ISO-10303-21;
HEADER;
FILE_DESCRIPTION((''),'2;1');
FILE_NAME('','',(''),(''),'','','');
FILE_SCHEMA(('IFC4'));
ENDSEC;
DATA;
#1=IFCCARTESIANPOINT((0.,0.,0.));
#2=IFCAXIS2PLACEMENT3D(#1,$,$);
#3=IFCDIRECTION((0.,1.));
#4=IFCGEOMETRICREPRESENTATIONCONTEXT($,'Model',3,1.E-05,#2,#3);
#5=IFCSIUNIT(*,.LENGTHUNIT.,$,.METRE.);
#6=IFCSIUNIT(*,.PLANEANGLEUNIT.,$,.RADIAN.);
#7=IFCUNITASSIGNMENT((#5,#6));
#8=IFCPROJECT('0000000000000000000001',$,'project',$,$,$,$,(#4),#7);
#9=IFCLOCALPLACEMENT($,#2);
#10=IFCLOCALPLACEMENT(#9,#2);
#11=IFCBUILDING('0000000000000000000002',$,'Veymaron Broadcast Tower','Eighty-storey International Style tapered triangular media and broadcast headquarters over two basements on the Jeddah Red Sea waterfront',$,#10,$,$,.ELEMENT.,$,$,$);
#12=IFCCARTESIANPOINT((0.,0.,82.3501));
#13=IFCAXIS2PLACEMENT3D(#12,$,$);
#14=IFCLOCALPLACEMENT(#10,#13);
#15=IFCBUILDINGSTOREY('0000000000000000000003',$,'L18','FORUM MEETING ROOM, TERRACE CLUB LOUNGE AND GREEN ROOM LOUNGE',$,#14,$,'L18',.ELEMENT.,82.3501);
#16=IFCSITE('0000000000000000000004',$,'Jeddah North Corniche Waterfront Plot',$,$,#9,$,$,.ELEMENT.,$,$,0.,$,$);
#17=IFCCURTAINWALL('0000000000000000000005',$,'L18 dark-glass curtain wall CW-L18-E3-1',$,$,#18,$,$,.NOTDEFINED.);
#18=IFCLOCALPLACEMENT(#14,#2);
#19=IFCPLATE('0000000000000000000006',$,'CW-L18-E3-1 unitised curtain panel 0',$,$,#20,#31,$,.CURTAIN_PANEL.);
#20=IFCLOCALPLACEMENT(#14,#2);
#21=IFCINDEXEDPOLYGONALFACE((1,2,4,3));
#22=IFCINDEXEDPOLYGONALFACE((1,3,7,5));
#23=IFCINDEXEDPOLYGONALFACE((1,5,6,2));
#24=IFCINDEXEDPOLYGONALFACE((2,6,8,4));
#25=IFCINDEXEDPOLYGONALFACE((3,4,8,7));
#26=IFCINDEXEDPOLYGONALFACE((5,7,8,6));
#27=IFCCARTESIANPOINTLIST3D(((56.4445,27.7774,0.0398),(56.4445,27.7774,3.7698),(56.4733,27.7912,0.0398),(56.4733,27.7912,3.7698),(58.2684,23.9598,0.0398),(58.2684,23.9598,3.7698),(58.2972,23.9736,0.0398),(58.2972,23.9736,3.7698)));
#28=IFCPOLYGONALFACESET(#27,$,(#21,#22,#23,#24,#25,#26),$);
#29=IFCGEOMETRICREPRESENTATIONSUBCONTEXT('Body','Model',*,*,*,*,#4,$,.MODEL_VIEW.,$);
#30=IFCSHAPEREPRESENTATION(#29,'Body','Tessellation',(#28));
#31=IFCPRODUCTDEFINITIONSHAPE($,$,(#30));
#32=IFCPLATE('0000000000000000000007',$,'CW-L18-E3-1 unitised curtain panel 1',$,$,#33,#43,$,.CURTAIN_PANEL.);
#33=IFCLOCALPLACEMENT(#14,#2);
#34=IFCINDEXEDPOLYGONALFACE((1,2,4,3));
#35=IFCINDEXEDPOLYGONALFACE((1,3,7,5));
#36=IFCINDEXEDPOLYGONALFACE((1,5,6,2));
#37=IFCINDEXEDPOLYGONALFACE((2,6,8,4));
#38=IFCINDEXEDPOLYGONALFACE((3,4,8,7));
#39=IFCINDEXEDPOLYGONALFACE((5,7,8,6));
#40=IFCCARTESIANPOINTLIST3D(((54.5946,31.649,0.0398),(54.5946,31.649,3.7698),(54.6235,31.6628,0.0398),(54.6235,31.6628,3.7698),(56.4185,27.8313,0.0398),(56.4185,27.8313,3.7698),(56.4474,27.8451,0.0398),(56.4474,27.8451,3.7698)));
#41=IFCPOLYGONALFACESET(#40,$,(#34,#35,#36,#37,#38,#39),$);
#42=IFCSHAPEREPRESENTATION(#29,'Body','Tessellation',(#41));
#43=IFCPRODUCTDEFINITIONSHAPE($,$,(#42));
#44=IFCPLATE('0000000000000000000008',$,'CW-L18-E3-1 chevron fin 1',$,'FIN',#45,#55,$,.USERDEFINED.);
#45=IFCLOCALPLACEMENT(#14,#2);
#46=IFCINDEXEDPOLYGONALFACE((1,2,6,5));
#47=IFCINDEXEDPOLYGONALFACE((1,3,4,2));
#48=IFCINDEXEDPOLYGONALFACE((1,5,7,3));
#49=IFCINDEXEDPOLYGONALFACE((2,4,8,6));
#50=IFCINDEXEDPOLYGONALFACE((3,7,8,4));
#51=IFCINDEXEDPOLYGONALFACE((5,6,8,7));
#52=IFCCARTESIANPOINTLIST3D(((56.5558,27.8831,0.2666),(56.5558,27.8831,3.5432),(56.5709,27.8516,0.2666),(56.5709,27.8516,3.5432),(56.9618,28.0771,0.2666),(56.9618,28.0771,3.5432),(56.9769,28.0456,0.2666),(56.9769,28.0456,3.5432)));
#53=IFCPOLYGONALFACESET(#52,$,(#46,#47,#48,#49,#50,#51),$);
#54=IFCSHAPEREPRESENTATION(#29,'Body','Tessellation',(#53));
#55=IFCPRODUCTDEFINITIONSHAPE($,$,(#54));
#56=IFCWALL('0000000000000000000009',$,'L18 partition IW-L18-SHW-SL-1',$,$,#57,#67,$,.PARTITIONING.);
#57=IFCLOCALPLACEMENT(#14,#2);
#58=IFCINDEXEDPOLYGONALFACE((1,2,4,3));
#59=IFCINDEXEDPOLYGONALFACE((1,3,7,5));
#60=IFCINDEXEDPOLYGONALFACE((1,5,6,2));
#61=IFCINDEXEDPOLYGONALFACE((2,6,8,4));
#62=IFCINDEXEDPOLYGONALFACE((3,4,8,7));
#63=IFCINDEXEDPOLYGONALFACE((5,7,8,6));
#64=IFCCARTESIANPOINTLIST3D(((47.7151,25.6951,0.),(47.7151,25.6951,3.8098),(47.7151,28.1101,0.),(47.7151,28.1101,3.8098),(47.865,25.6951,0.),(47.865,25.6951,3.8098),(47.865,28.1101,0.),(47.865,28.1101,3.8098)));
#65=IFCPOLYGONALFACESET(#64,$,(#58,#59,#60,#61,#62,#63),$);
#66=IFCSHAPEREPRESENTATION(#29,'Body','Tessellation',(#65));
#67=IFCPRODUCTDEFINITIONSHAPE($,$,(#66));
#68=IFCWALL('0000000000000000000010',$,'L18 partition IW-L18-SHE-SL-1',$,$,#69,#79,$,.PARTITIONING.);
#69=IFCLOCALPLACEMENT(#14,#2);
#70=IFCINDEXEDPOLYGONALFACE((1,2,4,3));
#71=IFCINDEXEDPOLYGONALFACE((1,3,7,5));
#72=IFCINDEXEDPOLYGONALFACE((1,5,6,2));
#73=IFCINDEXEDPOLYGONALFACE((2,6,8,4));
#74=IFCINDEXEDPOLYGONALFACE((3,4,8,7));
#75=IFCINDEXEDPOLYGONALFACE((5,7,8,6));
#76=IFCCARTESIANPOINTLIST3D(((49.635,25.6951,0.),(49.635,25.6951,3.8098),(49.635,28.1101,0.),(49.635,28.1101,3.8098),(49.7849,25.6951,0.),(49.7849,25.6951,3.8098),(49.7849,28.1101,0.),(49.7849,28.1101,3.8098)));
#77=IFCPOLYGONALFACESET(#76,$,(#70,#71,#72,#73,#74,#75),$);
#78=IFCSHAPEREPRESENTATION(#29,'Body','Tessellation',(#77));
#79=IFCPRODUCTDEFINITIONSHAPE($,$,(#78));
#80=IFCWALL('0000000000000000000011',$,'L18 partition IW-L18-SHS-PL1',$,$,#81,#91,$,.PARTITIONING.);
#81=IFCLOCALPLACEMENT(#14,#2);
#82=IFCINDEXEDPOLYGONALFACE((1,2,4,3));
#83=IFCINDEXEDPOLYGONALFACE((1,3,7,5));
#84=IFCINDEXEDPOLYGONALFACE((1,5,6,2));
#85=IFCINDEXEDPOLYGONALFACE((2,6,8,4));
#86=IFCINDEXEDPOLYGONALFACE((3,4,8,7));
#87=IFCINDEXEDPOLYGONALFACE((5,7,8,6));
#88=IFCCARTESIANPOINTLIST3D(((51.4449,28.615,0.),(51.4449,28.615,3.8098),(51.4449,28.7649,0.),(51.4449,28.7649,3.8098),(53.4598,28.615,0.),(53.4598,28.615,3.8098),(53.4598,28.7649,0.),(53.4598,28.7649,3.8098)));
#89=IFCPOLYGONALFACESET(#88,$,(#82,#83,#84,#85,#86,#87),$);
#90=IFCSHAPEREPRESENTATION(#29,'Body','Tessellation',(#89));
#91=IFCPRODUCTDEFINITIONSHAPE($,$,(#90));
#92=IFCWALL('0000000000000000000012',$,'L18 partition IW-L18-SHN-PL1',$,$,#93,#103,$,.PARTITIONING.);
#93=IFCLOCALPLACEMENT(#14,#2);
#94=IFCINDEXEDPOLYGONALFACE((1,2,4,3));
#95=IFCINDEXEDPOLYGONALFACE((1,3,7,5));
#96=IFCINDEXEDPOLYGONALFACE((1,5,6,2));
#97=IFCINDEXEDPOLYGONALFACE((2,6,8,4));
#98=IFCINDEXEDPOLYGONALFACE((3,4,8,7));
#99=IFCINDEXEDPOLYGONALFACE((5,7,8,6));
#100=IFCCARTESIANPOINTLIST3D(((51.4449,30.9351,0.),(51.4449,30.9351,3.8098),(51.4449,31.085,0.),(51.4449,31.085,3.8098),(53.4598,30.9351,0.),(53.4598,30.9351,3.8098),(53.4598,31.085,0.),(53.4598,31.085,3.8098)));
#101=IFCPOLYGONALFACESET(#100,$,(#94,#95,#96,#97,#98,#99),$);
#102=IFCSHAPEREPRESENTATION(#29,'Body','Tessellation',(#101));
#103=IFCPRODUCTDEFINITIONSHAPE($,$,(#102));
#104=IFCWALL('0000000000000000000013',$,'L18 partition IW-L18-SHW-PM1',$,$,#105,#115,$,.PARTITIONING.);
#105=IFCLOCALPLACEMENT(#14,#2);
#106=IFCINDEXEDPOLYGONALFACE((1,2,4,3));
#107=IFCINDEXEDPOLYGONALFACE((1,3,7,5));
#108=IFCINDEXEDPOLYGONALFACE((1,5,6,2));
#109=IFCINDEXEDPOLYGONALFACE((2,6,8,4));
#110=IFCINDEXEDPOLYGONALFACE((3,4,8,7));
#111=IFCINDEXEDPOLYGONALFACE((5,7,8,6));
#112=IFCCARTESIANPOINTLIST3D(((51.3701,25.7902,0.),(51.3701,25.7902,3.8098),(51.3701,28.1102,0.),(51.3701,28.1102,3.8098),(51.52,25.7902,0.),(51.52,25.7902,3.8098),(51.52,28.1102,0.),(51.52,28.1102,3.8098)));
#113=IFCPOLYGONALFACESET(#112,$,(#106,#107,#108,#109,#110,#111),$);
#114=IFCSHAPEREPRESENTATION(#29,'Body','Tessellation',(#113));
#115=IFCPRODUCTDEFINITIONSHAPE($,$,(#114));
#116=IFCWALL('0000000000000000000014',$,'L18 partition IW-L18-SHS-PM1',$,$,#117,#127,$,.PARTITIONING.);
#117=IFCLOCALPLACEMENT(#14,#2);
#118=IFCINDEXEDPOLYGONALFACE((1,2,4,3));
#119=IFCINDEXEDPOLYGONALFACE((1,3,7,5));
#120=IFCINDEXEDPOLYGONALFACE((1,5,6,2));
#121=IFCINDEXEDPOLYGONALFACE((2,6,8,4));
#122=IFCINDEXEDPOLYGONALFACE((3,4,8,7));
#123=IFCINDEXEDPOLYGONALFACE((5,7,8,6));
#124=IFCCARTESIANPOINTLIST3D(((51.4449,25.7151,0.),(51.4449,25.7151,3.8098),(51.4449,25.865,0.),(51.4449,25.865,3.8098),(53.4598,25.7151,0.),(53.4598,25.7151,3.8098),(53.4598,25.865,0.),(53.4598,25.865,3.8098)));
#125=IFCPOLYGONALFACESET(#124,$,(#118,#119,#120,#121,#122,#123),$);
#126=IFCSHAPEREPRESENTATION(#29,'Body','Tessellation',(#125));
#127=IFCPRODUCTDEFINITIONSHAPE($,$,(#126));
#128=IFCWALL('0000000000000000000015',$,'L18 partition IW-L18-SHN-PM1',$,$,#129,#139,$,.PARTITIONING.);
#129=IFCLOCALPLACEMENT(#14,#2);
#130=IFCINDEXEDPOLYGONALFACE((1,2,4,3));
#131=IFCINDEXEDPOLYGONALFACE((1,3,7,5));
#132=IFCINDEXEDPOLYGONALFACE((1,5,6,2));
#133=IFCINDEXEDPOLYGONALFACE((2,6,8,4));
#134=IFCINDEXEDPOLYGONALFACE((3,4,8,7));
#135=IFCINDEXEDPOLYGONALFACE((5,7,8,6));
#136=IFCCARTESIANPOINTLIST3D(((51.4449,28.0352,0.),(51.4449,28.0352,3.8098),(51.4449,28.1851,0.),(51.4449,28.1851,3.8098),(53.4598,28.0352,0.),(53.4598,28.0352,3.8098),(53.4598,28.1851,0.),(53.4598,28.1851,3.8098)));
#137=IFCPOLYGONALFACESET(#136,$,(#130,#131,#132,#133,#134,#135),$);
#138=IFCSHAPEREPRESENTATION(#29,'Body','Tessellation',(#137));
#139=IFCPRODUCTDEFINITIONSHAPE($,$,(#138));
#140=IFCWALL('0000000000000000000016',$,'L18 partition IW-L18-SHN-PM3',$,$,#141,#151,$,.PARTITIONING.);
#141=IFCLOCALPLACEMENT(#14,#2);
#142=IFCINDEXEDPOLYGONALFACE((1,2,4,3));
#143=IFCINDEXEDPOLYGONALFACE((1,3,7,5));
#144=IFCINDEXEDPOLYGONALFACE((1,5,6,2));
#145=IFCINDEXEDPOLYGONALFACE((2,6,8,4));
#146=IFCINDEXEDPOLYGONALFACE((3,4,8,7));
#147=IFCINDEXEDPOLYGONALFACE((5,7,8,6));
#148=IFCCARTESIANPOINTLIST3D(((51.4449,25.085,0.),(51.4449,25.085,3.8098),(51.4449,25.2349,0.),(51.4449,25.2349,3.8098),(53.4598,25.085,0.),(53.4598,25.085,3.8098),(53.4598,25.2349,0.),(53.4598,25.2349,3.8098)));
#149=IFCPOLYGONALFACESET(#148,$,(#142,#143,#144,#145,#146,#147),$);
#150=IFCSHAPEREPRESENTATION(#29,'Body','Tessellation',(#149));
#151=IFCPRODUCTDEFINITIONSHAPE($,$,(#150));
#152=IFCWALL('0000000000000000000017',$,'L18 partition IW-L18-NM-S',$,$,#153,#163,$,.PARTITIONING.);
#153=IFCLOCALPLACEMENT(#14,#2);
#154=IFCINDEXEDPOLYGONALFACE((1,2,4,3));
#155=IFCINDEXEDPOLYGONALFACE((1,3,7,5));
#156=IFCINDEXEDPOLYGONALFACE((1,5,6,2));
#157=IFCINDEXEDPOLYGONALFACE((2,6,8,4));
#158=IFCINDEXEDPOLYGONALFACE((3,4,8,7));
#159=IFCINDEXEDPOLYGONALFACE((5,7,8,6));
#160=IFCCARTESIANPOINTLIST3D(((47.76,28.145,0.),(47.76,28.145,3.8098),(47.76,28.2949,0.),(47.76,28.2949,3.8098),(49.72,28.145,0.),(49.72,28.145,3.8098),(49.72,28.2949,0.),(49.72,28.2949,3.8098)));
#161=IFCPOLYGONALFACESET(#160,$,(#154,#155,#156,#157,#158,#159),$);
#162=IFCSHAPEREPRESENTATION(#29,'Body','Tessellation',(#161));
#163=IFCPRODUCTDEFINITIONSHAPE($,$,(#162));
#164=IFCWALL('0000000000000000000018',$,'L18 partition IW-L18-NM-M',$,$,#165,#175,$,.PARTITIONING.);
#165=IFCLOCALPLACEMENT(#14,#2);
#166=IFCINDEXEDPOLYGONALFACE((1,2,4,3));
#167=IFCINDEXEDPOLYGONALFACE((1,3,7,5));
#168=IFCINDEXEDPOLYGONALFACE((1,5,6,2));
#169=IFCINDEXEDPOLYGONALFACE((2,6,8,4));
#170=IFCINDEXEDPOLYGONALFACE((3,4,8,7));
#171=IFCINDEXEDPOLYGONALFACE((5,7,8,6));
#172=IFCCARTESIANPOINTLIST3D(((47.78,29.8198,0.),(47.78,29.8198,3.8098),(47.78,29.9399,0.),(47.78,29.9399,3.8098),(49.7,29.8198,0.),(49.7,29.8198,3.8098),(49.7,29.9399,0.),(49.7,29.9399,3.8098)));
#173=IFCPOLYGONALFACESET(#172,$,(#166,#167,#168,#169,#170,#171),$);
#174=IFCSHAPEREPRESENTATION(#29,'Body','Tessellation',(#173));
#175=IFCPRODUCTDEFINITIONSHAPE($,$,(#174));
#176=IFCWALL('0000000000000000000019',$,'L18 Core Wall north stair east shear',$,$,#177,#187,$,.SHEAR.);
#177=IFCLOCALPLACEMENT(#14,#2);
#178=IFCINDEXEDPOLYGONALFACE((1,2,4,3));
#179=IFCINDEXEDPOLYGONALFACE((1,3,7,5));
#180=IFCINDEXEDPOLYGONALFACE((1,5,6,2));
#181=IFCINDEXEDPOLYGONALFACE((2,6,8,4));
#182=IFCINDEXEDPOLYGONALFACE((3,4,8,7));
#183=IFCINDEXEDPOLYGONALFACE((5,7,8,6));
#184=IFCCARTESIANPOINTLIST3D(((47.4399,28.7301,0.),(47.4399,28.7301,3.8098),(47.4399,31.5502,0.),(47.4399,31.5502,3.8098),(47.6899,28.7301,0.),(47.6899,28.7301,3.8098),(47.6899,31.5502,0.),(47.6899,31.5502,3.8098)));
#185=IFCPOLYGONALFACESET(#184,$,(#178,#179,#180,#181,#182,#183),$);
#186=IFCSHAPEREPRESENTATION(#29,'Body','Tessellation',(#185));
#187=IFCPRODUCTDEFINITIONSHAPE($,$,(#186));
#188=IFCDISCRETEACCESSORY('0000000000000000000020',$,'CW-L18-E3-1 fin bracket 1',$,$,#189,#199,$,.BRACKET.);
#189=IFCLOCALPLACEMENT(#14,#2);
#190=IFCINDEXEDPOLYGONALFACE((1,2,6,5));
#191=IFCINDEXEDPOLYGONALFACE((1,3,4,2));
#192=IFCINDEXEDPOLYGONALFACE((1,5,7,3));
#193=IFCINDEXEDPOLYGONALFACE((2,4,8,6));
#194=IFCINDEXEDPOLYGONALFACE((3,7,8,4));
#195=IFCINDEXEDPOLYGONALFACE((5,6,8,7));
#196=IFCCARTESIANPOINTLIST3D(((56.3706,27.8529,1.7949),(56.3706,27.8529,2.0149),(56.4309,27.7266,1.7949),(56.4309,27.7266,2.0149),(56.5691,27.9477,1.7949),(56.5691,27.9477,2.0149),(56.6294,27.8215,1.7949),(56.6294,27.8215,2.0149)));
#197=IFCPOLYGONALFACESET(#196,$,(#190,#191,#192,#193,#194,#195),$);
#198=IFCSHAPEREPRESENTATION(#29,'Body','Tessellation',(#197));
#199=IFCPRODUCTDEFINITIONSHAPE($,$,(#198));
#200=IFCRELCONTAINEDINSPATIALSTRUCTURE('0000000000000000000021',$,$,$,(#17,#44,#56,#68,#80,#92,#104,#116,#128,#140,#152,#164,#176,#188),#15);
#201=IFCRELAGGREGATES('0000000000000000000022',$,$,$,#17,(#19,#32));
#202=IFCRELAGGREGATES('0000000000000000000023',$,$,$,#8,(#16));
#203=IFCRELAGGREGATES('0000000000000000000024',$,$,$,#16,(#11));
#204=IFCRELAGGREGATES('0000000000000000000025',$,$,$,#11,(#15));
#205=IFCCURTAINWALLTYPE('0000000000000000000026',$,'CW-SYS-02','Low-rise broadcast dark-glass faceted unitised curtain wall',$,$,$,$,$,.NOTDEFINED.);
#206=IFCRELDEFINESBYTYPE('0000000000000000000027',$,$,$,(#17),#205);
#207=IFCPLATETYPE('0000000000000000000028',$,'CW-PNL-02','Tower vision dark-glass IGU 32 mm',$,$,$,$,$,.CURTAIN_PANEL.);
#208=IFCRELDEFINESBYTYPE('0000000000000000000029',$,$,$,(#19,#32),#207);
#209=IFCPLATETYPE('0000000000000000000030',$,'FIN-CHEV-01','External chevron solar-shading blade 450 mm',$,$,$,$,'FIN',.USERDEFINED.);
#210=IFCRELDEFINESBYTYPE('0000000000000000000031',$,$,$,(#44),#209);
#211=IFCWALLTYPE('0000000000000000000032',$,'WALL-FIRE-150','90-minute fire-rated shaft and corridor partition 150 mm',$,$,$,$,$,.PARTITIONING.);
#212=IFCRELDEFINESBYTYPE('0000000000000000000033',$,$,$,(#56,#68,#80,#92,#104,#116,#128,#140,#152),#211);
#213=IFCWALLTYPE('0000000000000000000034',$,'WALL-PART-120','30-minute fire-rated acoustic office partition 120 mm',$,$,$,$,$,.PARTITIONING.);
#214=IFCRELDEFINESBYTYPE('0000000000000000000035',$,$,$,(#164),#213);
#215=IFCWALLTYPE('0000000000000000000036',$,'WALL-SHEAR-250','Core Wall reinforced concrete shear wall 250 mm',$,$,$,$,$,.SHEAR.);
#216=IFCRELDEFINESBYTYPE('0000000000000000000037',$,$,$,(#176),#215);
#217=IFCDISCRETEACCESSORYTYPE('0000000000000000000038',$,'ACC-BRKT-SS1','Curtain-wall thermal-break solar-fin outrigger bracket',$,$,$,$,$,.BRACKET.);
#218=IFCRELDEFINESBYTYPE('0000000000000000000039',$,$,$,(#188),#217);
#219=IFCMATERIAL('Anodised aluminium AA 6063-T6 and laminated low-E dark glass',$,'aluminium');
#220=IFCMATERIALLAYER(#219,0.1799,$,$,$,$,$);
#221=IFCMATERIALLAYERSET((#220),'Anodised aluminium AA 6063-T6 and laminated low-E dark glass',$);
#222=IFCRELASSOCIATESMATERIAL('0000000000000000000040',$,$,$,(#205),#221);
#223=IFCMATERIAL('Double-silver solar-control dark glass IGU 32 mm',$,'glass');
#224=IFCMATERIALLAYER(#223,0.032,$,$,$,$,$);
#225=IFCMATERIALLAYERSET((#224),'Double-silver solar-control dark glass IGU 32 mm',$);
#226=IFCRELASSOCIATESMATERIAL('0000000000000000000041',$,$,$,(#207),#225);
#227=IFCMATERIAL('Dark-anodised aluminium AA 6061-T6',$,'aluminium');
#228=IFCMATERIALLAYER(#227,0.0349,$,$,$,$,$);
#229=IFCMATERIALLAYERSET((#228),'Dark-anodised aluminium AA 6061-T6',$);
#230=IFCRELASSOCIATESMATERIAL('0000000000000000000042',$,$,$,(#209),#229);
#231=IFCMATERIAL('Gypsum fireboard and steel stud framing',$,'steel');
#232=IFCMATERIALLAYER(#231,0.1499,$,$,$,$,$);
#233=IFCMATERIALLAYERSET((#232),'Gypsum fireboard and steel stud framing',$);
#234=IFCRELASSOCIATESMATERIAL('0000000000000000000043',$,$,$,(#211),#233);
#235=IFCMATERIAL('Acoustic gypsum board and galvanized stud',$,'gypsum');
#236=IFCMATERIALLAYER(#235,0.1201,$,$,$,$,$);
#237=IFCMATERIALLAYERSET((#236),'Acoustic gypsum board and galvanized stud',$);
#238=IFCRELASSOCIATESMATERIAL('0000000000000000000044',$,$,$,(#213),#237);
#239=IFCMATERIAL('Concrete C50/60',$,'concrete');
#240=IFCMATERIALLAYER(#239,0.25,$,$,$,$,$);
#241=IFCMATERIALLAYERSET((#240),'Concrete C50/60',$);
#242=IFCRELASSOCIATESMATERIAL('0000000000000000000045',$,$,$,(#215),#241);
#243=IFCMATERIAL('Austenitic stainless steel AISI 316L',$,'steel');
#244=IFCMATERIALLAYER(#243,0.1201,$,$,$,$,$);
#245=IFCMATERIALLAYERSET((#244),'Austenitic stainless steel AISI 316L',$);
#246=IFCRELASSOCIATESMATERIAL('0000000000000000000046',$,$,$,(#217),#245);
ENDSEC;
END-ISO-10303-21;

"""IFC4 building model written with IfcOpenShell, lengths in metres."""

from ifc_helpers import new_model, si_unit, direction, frame, frame_2d, origin, origin_2d, place, context, subcontext, project, spatial, rectangle, extrude, material, layer, layer_set, type_object, element, aggregate, save


model = new_model("IFC4")

# Units and contexts
model_context = context("Model", 3, precision=1e-05, world=origin(), true_north=direction((0.0, 1.0)))
body_context = subcontext(model_context, "Body", "Model", "MODEL_VIEW")
ifc_project = project(units=[si_unit("LENGTHUNIT", "METRE"), si_unit("PLANEANGLEUNIT", "RADIAN")], contexts=[model_context])

# Site, building, storey
site_placement = place(None, origin())
site = spatial("IfcSite", under=ifc_project, at=site_placement, Name="Jeddah North Corniche Waterfront Plot", CompositionType="ELEMENT", RefElevation=0.0)
building_placement = place(site_placement, origin())
building = spatial("IfcBuilding", under=site, at=building_placement, Name="Veymaron Broadcast Tower", Description="Eighty-storey International Style tapered triangular media and broadcast headquarters over two basements on the Jeddah Red Sea waterfront", CompositionType="ELEMENT")
storey_placement = place(building_placement, frame((0.0, 0.0, 82.3501)))
storey = spatial("IfcBuildingStorey", under=building, at=storey_placement, Name="L18", Description="FORUM MEETING ROOM, TERRACE CLUB LOUNGE AND GREEN ROOM LOUNGE", LongName="L18", CompositionType="ELEMENT", Elevation=82.3501)

# Shared definitions
ifc_material_1 = material(Name="Anodised aluminium AA 6063-T6 and laminated low-E dark glass", Category="aluminium")
ifc_layer_1 = layer(ifc_material_1, 0.1799)
ifc_layer_set_1 = layer_set([ifc_layer_1], Name="Anodised aluminium AA 6063-T6 and laminated low-E dark glass")
curtain_wall_type = type_object("IfcCurtainWallType", Name="CW-SYS-02", Description="Low-rise broadcast dark-glass faceted unitised curtain wall", PredefinedType="NOTDEFINED", material=ifc_layer_set_1)

# Curtain wall
curtain_wall_1_placement = place(storey_placement, origin())
curtain_wall_1 = element("IfcCurtainWall", 1, at=curtain_wall_1_placement, inside=storey, type_object=curtain_wall_type, Name="L18 dark-glass curtain wall CW-L18-E3-1", PredefinedType="NOTDEFINED")

# Plates
ifc_material_2 = material(Name="Double-silver solar-control dark glass IGU 32 mm", Category="glass")
ifc_layer_2 = layer(ifc_material_2, 0.032)
ifc_layer_set_2 = layer_set([ifc_layer_2], Name="Double-silver solar-control dark glass IGU 32 mm")
plate_type_1 = type_object("IfcPlateType", Name="CW-PNL-02", Description="Tower vision dark-glass IGU 32 mm", PredefinedType="CURTAIN_PANEL", material=ifc_layer_set_2)
plate_1_placement = place(storey_placement, frame((57.3708, 25.8755, 0.0398), z_axis=(0.0, 0.0, 1.0), x_axis=(-0.431078, 0.902315, 0.0)))
plate_1 = element("IfcPlate", 2, at=plate_1_placement, type_object=plate_type_1, Name="CW-L18-E3-1 unitised curtain panel 0", PredefinedType="CURTAIN_PANEL", context=body_context, shape_type="SweptSolid", body=[
    extrude(rectangle(XDim=4.231, YDim=0.032, at=origin_2d()), origin(), (0.0, 0.0, 1.0), 3.73),
])
plate_2_placement = place(storey_placement, frame((55.521, 29.7471, 0.0398), z_axis=(0.0, 0.0, 1.0), x_axis=(-0.431078, 0.902315, 0.0)))
plate_2 = element("IfcPlate", 3, at=plate_2_placement, type_object=plate_type_1, Name="CW-L18-E3-1 unitised curtain panel 1", PredefinedType="CURTAIN_PANEL", context=body_context, shape_type="SweptSolid", body=[
    extrude(rectangle(XDim=4.231, YDim=0.032, at=origin_2d()), origin(), (0.0, 0.0, 1.0), 3.73),
])
aggregate(curtain_wall_1, [plate_1, plate_2])
ifc_material_3 = material(Name="Dark-anodised aluminium AA 6061-T6", Category="aluminium")
ifc_layer_3 = layer(ifc_material_3, 0.0349)
ifc_layer_set_3 = layer_set([ifc_layer_3], Name="Dark-anodised aluminium AA 6061-T6")
plate_type_2 = type_object("IfcPlateType", Name="FIN-CHEV-01", Description="External chevron solar-shading blade 450 mm", ElementType="FIN", PredefinedType="USERDEFINED", material=ifc_layer_set_3)
plate_3_placement = place(storey_placement, frame((56.7664, 27.9644, 0.2666), z_axis=(0.0, 0.0, 1.0), x_axis=(0.902315, 0.431078, 0.0)))
element("IfcPlate", 4, at=plate_3_placement, inside=storey, type_object=plate_type_2, Name="CW-L18-E3-1 chevron fin 1", ObjectType="FIN", PredefinedType="USERDEFINED", context=body_context, shape_type="SweptSolid", body=[
    extrude(rectangle(XDim=0.45, YDim=0.0349, at=origin_2d()), origin(), (0.0, 0.0, 1.0), 3.2766),
])

# Shared definitions
ifc_material_4 = material(Name="Gypsum fireboard and steel stud framing", Category="steel")
ifc_layer_4 = layer(ifc_material_4, 0.1499)
ifc_layer_set_4 = layer_set([ifc_layer_4], Name="Gypsum fireboard and steel stud framing")
wall_type_1 = type_object("IfcWallType", Name="WALL-FIRE-150", Description="90-minute fire-rated shaft and corridor partition 150 mm", PredefinedType="PARTITIONING", material=ifc_layer_set_4)

# Walls
for number, where, z_axis, x_axis, name in (
    (5, (47.79, 25.6951, 0.0), (0.0, 0.0, 1.0), (0.0, 1.0, 0.0), "L18 partition IW-L18-SHW-SL-1"),
    (6, (49.71, 25.6951, 0.0), (0.0, 0.0, 1.0), (0.0, 1.0, 0.0), "L18 partition IW-L18-SHE-SL-1"),
):
    element("IfcWall", number, at=place(storey_placement, frame(where, z_axis=z_axis, x_axis=x_axis)), inside=storey, type_object=wall_type_1, Name=name, PredefinedType="PARTITIONING", context=body_context, shape_type="SweptSolid", body=[
        extrude(rectangle(XDim=2.415, YDim=0.1499, at=frame_2d((1.2075, 0.0))), origin(), (0.0, 0.0, 1.0), 3.8098),
    ])

# Walls
for number, where, z_axis, x_axis, name in (
    (7, (51.4451, 28.6899, 0.0), (0.0, 0.0, 1.0), (1.0, 0.0, 0.0), "L18 partition IW-L18-SHS-PL1"),
    (8, (51.4451, 31.01, 0.0), (0.0, 0.0, 1.0), (1.0, 0.0, 0.0), "L18 partition IW-L18-SHN-PL1"),
):
    element("IfcWall", number, at=place(storey_placement, frame(where, z_axis=z_axis, x_axis=x_axis)), inside=storey, type_object=wall_type_1, Name=name, PredefinedType="PARTITIONING", context=body_context, shape_type="SweptSolid", body=[
        extrude(rectangle(XDim=2.0149, YDim=0.1499, at=frame_2d((1.0073, 0.0))), origin(), (0.0, 0.0, 1.0), 3.8098),
    ])
wall_1_placement = place(storey_placement, frame((51.4451, 25.79, 0.0), z_axis=(0.0, 0.0, 1.0), x_axis=(0.0, 1.0, 0.0)))
element("IfcWall", 9, at=wall_1_placement, inside=storey, type_object=wall_type_1, Name="L18 partition IW-L18-SHW-PM1", PredefinedType="PARTITIONING", context=body_context, shape_type="SweptSolid", body=[
    extrude(rectangle(XDim=2.3201, YDim=0.1499, at=frame_2d((1.1602, 0.0))), origin(), (0.0, 0.0, 1.0), 3.8098),
])
for number, where, z_axis, x_axis, name in (
    (10, (51.4451, 25.79, 0.0), (0.0, 0.0, 1.0), (1.0, 0.0, 0.0), "L18 partition IW-L18-SHS-PM1"),
    (11, (51.4451, 28.1101, 0.0), (0.0, 0.0, 1.0), (1.0, 0.0, 0.0), "L18 partition IW-L18-SHN-PM1"),
    (12, (51.4451, 25.1599, 0.0), (0.0, 0.0, 1.0), (1.0, 0.0, 0.0), "L18 partition IW-L18-SHN-PM3"),
):
    element("IfcWall", number, at=place(storey_placement, frame(where, z_axis=z_axis, x_axis=x_axis)), inside=storey, type_object=wall_type_1, Name=name, PredefinedType="PARTITIONING", context=body_context, shape_type="SweptSolid", body=[
        extrude(rectangle(XDim=2.0149, YDim=0.1499, at=frame_2d((1.0073, 0.0))), origin(), (0.0, 0.0, 1.0), 3.8098),
    ])
wall_2_placement = place(storey_placement, frame((47.76, 28.22, 0.0), z_axis=(0.0, 0.0, 1.0), x_axis=(1.0, 0.0, 0.0)))
element("IfcWall", 13, at=wall_2_placement, inside=storey, type_object=wall_type_1, Name="L18 partition IW-L18-NM-S", PredefinedType="PARTITIONING", context=body_context, shape_type="SweptSolid", body=[
    extrude(rectangle(XDim=1.96, YDim=0.1499, at=frame_2d((0.98, 0.0))), origin(), (0.0, 0.0, 1.0), 3.8098),
])
ifc_material_5 = material(Name="Acoustic gypsum board and galvanized stud", Category="gypsum")
ifc_layer_5 = layer(ifc_material_5, 0.1201)
ifc_layer_set_5 = layer_set([ifc_layer_5], Name="Acoustic gypsum board and galvanized stud")
wall_type_2 = type_object("IfcWallType", Name="WALL-PART-120", Description="30-minute fire-rated acoustic office partition 120 mm", PredefinedType="PARTITIONING", material=ifc_layer_set_5)
wall_3_placement = place(storey_placement, frame((47.78, 29.8799, 0.0), z_axis=(0.0, 0.0, 1.0), x_axis=(1.0, 0.0, 0.0)))
element("IfcWall", 14, at=wall_3_placement, inside=storey, type_object=wall_type_2, Name="L18 partition IW-L18-NM-M", PredefinedType="PARTITIONING", context=body_context, shape_type="SweptSolid", body=[
    extrude(rectangle(XDim=1.9199, YDim=0.1201, at=frame_2d((0.96, 0.0))), origin(), (0.0, 0.0, 1.0), 3.8098),
])

# Wall
ifc_material_6 = material(Name="Concrete C50/60", Category="concrete")
ifc_layer_6 = layer(ifc_material_6, 0.25)
ifc_layer_set_6 = layer_set([ifc_layer_6], Name="Concrete C50/60")
wall_type_3 = type_object("IfcWallType", Name="WALL-SHEAR-250", Description="Core Wall reinforced concrete shear wall 250 mm", PredefinedType="SHEAR", material=ifc_layer_set_6)
wall_4_placement = place(storey_placement, frame((47.5649, 28.73, 0.0), z_axis=(0.0, 0.0, 1.0), x_axis=(0.0, 1.0, 0.0)))
element("IfcWall", 15, at=wall_4_placement, inside=storey, type_object=wall_type_3, Name="L18 Core Wall north stair east shear", PredefinedType="SHEAR", context=body_context, shape_type="SweptSolid", body=[
    extrude(rectangle(XDim=2.8201, YDim=0.25, at=frame_2d((1.4102, 0.0))), origin(), (0.0, 0.0, 1.0), 3.8098),
])

# Discrete accessory
ifc_material_7 = material(Name="Austenitic stainless steel AISI 316L", Category="steel")
ifc_layer_7 = layer(ifc_material_7, 0.1201)
ifc_layer_set_7 = layer_set([ifc_layer_7], Name="Austenitic stainless steel AISI 316L")
discrete_accessory_type = type_object("IfcDiscreteAccessoryType", Name="ACC-BRKT-SS1", Description="Curtain-wall thermal-break solar-fin outrigger bracket", PredefinedType="BRACKET", material=ifc_layer_set_7)
discrete_accessory_placement = place(storey_placement, frame((56.5, 27.8372, 1.7949), z_axis=(0.0, 0.0, 1.0), x_axis=(0.902315, 0.431078, 0.0)))
element("IfcDiscreteAccessory", 16, at=discrete_accessory_placement, inside=storey, type_object=discrete_accessory_type, Name="CW-L18-E3-1 fin bracket 1", PredefinedType="BRACKET", context=body_context, shape_type="SweptSolid", body=[
    extrude(rectangle(XDim=0.22, YDim=0.1399, at=origin_2d()), origin(), (0.0, 0.0, 1.0), 0.22),
])

save(model, "model.ifc")
